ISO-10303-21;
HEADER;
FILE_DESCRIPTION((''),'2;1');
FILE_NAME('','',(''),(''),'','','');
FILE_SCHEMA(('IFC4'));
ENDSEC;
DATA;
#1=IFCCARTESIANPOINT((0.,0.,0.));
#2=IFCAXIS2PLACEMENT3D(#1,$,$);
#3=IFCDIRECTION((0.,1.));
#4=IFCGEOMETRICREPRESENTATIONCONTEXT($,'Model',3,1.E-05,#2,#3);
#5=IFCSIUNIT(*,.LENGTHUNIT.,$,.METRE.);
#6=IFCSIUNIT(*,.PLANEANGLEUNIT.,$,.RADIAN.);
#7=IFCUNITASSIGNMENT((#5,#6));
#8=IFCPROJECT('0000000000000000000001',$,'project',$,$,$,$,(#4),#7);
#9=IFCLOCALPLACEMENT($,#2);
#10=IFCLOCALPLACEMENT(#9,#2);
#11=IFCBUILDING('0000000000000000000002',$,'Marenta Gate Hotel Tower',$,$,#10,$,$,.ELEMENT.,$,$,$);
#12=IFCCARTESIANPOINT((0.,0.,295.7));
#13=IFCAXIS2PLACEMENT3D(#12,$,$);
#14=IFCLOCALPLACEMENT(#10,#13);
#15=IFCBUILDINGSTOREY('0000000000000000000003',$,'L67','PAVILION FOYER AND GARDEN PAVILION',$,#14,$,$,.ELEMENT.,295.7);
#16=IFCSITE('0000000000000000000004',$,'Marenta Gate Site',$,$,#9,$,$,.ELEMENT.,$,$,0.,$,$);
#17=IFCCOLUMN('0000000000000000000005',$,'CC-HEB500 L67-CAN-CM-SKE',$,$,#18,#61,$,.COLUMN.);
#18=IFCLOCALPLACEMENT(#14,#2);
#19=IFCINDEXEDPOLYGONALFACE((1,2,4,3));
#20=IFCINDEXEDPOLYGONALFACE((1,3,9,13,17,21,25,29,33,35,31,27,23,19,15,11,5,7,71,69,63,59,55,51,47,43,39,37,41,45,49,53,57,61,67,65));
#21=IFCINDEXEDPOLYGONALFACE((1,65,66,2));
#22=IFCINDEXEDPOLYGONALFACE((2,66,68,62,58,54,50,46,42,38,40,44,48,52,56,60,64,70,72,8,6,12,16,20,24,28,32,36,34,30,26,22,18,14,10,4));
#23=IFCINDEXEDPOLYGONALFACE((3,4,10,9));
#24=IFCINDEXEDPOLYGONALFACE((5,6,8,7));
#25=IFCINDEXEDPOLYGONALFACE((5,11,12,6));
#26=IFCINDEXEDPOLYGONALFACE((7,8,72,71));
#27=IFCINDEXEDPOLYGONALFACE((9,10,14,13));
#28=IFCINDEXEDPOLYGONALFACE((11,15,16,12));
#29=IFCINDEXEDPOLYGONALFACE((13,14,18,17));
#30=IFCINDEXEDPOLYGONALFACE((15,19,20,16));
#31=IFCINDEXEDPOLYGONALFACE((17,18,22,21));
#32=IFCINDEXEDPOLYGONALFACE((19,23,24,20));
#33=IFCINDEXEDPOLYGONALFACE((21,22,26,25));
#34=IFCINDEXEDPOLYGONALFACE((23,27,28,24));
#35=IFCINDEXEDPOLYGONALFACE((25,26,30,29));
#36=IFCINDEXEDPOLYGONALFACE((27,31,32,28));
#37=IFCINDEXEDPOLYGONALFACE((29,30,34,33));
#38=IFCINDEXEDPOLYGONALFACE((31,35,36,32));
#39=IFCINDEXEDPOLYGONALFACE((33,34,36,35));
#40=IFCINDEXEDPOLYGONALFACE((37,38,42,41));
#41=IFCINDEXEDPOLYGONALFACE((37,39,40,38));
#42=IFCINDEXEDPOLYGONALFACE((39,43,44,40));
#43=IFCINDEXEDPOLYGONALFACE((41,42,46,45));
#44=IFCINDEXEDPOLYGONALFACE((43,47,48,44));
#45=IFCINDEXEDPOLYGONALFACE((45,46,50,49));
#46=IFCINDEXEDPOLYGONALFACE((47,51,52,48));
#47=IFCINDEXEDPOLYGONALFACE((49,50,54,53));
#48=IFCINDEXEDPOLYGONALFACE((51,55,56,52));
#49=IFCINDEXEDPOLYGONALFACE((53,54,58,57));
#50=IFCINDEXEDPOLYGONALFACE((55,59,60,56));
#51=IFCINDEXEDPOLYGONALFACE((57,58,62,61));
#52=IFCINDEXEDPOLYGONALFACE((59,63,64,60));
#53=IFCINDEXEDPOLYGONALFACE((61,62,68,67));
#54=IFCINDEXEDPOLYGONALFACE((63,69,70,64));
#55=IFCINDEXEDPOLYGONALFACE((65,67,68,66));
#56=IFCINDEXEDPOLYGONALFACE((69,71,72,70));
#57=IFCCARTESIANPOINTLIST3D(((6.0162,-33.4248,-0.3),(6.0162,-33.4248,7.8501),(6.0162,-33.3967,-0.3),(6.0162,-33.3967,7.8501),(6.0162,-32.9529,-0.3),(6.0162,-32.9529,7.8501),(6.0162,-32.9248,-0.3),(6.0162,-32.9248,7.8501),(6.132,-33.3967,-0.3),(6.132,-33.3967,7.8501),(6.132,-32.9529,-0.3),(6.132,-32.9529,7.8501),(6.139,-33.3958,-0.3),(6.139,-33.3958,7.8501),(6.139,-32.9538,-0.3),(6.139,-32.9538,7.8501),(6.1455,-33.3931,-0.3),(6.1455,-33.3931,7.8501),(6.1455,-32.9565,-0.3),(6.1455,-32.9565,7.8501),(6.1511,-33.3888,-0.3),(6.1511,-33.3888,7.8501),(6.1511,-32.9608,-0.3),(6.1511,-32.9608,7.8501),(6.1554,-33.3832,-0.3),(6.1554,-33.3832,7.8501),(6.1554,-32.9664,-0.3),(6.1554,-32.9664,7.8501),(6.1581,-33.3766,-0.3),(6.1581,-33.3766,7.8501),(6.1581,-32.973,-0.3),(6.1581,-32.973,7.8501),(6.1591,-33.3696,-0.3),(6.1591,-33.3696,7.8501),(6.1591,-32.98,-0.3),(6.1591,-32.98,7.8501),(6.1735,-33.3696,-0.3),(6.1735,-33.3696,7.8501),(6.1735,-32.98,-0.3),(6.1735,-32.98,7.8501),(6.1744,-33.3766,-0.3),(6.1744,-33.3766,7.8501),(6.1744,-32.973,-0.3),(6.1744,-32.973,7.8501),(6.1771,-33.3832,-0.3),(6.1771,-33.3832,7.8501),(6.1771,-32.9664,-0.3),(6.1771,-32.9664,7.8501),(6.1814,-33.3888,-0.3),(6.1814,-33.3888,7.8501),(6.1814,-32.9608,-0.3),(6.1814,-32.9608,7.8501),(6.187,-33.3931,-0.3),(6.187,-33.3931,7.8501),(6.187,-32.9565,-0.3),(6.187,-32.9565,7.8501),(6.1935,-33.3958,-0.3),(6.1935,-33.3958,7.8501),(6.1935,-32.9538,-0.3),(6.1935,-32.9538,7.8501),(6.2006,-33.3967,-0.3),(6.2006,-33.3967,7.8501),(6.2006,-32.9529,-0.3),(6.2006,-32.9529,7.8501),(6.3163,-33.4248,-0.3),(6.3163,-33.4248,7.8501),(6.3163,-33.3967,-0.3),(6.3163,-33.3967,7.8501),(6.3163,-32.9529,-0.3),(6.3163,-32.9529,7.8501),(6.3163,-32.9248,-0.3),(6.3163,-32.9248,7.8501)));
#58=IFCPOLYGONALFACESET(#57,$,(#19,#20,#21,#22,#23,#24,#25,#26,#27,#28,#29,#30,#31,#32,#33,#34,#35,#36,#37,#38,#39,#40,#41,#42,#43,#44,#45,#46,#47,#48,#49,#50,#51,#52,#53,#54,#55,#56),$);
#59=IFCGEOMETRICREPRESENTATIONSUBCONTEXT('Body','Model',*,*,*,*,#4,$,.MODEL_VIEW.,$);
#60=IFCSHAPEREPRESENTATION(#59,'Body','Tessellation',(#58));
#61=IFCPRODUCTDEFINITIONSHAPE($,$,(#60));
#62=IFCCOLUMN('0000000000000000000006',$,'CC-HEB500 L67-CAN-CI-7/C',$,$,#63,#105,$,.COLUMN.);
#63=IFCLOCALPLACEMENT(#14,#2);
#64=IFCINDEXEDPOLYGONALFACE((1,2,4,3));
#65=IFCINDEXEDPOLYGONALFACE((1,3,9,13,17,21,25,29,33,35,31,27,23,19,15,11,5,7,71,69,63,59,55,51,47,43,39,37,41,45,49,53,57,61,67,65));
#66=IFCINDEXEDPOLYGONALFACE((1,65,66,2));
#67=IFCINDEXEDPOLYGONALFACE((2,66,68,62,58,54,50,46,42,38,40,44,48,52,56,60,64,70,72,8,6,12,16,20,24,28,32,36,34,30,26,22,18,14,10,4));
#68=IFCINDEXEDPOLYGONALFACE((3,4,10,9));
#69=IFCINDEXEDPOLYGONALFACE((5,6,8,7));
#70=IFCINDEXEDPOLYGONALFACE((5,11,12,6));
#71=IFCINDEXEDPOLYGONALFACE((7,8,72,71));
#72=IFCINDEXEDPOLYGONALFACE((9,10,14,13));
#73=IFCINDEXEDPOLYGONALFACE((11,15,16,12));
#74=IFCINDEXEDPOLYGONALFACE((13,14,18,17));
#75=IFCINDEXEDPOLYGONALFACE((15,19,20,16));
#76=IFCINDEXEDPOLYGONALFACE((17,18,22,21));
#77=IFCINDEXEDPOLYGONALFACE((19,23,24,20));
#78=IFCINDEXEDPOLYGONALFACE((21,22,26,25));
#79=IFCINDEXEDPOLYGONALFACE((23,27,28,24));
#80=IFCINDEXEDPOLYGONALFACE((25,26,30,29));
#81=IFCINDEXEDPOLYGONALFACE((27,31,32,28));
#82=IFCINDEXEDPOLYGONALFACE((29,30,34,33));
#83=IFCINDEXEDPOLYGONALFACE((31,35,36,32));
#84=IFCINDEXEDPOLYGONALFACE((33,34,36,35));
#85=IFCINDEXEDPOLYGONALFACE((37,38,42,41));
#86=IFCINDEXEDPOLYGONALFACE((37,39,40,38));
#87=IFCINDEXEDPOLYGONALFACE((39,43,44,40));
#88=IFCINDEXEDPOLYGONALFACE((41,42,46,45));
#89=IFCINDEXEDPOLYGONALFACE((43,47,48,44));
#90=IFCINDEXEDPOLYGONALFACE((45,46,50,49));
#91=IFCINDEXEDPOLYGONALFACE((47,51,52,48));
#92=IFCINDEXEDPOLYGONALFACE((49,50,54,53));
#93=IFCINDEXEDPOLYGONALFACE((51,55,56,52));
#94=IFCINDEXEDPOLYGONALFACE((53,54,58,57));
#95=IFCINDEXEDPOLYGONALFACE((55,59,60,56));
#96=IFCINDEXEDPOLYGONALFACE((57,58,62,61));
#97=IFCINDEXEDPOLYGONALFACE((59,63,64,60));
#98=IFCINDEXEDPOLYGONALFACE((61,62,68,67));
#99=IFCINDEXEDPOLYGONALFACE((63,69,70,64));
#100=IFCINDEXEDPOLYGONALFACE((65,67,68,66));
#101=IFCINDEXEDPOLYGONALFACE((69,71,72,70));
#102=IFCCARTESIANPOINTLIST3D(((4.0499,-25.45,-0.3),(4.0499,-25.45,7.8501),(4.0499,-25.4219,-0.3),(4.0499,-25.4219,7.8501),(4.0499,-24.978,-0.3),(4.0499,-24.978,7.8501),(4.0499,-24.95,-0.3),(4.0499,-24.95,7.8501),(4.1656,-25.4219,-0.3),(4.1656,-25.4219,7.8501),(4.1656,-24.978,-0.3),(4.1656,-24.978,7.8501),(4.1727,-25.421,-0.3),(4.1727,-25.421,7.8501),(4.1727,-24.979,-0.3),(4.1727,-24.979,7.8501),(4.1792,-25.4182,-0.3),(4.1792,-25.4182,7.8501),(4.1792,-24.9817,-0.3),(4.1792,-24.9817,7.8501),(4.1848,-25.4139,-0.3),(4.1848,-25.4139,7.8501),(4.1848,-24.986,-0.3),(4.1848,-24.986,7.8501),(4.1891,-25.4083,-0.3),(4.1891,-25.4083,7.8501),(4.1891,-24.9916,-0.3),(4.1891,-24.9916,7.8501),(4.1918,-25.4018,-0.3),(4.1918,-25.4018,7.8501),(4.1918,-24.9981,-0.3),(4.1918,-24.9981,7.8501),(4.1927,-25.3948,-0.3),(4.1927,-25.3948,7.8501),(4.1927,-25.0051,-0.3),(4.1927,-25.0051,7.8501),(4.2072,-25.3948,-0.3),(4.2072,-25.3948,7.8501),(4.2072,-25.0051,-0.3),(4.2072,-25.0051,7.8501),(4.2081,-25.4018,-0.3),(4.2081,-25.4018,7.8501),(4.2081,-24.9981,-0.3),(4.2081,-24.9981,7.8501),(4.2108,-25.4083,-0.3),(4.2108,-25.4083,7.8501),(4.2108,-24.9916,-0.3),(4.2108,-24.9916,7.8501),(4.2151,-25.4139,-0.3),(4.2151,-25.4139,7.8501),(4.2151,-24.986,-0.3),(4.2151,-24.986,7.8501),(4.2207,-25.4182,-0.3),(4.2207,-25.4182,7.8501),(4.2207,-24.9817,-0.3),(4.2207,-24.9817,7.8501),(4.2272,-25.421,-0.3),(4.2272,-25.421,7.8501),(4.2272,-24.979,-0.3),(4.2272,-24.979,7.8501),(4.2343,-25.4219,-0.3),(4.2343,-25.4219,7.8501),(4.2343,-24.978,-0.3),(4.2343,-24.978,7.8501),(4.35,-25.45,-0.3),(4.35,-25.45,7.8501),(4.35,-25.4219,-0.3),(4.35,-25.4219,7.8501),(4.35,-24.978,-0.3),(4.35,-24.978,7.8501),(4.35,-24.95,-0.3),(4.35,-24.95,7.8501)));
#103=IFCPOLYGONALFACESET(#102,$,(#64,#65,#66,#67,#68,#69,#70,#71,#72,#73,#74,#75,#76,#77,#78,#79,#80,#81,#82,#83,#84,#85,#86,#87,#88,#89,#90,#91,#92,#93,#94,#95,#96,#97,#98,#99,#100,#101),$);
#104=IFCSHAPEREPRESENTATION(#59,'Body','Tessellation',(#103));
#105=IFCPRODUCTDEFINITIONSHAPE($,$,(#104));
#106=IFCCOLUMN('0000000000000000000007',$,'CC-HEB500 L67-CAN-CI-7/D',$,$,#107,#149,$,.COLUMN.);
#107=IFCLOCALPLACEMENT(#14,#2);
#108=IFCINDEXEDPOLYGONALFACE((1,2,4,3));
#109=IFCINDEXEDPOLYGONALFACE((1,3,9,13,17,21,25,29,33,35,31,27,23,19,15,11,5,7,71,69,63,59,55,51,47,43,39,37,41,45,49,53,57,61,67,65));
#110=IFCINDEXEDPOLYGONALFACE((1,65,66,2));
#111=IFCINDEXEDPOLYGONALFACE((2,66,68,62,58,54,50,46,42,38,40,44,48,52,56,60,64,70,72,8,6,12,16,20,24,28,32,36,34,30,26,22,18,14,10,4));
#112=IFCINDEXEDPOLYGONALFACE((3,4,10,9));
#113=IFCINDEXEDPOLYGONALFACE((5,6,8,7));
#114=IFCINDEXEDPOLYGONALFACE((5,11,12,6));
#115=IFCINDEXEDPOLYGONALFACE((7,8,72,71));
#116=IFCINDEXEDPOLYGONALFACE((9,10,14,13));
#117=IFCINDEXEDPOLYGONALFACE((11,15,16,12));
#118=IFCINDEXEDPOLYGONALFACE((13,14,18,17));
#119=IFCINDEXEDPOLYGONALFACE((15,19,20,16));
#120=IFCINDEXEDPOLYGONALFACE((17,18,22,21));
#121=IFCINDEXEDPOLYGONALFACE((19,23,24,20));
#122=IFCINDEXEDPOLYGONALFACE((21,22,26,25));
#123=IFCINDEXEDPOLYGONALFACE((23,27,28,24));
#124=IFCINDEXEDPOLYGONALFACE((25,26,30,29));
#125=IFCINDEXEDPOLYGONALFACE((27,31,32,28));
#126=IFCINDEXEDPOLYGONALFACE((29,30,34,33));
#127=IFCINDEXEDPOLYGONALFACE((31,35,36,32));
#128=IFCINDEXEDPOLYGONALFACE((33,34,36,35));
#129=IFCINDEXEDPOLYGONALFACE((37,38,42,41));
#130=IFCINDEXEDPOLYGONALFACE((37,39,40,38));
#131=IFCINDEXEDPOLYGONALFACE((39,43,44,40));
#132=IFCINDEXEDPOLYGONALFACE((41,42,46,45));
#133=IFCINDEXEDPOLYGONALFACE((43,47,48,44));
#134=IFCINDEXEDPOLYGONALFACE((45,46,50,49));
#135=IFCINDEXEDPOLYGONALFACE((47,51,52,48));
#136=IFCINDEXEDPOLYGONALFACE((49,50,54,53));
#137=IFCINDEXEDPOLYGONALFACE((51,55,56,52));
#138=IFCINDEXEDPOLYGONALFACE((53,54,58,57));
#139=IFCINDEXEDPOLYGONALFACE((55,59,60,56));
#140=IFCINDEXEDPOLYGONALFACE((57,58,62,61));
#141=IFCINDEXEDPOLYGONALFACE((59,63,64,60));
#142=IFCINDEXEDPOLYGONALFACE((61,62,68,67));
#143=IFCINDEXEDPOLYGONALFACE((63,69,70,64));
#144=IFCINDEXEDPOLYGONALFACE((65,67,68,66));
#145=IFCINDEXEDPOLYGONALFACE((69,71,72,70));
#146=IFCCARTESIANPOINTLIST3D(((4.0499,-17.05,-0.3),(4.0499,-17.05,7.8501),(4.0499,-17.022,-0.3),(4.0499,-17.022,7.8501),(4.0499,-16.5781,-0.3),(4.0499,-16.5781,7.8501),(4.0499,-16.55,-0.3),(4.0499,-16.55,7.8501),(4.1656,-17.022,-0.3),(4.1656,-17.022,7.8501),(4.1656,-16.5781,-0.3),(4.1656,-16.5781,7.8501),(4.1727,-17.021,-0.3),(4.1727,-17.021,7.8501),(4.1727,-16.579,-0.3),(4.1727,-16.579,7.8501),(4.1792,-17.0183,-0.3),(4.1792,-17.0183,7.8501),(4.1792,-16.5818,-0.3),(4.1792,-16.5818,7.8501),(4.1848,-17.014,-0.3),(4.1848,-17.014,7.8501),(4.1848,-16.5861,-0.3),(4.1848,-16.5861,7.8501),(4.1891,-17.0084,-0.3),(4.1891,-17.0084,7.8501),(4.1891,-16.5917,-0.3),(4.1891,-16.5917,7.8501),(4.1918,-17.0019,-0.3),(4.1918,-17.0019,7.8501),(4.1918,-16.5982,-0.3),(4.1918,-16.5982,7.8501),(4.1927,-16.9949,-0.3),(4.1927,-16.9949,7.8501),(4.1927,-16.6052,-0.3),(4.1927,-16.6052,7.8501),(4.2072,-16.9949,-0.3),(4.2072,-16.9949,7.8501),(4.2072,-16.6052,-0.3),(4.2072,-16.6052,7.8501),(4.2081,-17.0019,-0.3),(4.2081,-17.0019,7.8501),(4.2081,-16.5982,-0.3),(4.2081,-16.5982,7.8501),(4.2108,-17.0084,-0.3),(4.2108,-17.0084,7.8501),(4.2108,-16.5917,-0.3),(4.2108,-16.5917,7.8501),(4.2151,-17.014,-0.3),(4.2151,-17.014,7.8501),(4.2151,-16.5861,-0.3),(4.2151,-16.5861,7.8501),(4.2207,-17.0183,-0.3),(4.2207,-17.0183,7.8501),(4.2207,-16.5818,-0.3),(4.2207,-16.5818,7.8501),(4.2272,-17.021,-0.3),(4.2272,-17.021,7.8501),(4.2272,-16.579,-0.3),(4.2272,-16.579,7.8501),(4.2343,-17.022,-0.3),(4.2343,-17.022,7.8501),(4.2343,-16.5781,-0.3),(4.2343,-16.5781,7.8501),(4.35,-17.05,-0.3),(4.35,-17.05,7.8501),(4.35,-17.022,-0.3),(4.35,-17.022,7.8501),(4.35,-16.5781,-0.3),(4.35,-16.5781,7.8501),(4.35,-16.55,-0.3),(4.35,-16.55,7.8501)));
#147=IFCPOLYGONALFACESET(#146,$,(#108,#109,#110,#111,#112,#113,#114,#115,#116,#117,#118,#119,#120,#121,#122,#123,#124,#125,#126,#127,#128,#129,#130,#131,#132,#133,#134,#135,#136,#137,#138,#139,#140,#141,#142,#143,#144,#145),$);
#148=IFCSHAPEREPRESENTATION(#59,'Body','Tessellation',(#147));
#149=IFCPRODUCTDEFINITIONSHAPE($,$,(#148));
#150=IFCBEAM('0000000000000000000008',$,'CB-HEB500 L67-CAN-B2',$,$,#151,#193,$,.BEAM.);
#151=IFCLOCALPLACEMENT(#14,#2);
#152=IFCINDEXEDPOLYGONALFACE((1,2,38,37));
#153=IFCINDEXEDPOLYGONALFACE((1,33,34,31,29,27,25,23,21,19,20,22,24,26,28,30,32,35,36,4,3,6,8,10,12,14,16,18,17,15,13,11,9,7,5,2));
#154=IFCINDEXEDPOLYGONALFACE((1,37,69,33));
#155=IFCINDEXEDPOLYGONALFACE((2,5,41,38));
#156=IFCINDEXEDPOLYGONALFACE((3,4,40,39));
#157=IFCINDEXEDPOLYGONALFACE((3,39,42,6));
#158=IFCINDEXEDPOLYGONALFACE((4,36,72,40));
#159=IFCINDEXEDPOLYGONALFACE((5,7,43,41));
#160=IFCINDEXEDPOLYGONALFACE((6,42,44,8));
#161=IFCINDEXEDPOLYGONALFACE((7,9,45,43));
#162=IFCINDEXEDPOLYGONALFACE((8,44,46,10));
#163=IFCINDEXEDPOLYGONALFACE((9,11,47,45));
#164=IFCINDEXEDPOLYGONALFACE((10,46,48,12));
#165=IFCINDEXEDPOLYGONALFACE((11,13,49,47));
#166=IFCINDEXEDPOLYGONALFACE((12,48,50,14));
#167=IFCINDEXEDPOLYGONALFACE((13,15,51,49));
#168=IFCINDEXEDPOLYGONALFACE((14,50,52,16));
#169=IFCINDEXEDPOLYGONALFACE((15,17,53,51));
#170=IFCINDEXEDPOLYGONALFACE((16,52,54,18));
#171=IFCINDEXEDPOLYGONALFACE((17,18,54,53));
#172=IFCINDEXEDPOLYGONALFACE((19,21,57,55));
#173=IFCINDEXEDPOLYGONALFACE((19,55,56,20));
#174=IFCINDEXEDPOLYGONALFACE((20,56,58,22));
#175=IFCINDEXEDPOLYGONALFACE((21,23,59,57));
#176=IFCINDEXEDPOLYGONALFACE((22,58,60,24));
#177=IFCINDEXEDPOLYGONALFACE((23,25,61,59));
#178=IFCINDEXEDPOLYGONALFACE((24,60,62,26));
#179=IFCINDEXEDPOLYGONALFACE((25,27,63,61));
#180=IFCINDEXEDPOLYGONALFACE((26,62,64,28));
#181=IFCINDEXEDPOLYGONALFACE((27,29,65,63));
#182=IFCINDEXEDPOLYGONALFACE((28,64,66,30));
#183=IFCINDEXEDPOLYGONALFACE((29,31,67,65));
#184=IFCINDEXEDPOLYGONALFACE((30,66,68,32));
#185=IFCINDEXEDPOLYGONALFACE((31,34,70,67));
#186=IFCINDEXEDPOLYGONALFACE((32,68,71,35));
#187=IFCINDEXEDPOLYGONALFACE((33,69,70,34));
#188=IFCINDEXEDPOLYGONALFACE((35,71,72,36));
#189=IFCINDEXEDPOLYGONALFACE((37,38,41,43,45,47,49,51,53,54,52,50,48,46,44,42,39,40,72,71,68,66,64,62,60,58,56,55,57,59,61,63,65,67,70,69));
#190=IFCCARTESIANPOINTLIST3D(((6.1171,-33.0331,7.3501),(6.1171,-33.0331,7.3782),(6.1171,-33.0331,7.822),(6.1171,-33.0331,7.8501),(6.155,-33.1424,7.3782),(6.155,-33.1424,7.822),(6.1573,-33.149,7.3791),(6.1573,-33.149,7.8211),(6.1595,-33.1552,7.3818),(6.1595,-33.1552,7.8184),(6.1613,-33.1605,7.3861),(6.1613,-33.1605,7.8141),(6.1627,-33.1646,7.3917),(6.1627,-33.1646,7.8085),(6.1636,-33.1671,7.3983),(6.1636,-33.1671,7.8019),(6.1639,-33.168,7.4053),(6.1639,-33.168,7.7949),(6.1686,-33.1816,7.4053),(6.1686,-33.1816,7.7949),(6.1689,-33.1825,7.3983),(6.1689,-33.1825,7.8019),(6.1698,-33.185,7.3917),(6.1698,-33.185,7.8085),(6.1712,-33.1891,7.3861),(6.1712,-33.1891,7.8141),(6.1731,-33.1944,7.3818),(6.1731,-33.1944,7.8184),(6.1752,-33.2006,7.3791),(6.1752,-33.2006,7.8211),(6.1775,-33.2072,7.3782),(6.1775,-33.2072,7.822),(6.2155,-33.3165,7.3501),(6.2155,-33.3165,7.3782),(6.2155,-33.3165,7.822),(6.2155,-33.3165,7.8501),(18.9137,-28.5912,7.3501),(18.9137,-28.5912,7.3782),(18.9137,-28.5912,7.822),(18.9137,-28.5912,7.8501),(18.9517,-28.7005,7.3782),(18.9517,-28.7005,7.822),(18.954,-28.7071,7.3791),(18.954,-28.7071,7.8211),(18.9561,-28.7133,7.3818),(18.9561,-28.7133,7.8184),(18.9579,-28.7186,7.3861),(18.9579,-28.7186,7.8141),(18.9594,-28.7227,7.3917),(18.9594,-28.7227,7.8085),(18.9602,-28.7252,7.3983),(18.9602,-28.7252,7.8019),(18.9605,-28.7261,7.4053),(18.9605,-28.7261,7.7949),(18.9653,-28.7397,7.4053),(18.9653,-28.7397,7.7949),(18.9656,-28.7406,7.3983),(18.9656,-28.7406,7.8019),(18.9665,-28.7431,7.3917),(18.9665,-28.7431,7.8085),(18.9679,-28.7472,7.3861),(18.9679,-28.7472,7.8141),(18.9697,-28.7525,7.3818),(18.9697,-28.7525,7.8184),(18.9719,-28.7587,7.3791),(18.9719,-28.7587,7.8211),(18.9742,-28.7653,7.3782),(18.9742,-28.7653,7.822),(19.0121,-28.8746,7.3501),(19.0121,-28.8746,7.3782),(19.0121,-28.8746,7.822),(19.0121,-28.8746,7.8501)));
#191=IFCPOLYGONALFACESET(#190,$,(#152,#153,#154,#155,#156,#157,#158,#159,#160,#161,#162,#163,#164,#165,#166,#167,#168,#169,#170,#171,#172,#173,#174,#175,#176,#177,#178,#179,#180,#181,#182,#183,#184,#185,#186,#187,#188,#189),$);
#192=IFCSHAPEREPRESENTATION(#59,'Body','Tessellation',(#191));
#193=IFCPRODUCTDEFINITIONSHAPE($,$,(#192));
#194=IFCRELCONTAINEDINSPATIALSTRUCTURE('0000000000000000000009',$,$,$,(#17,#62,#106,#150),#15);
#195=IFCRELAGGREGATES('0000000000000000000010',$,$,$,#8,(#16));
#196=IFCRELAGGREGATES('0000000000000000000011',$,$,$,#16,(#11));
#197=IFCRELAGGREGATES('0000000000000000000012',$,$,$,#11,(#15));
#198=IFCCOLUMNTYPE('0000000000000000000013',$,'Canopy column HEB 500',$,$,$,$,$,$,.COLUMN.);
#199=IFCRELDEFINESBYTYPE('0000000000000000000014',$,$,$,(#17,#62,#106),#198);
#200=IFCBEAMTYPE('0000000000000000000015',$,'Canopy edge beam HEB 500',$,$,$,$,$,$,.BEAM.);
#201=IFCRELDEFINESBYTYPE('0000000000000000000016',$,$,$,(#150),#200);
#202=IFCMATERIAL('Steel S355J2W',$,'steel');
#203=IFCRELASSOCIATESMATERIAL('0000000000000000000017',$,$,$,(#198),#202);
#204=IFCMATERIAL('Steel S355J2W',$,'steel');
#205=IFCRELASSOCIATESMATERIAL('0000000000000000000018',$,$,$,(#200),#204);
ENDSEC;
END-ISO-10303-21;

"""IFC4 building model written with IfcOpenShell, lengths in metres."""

from ifc_helpers import new_model, si_unit, direction, frame, origin, origin_2d, place, context, subcontext, project, spatial, i_section, extrude, material, material_profile, profile_set, type_object, element, save


model = new_model("IFC4")

# Units and contexts
model_context = context("Model", 3, precision=1e-05, world=origin(), true_north=direction((0.0, 1.0)))
body_context = subcontext(model_context, "Body", "Model", "MODEL_VIEW")
ifc_project = project(units=[si_unit("LENGTHUNIT", "METRE"), si_unit("PLANEANGLEUNIT", "RADIAN")], contexts=[model_context])

# Site, building, storey
site_placement = place(None, origin())
site = spatial("IfcSite", under=ifc_project, at=site_placement, Name="Marenta Gate Site", CompositionType="ELEMENT", RefElevation=0.0)
building_placement = place(site_placement, origin())
building = spatial("IfcBuilding", under=site, at=building_placement, Name="Marenta Gate Hotel Tower", CompositionType="ELEMENT")
storey_placement = place(building_placement, frame((0.0, 0.0, 295.7)))
storey = spatial("IfcBuildingStorey", under=building, at=storey_placement, Name="L67", Description="PAVILION FOYER AND GARDEN PAVILION", CompositionType="ELEMENT", Elevation=295.7)

# Columns
ifc_material_1 = material(Name="Steel S355J2W", Category="steel")
ifc_material_profile_1 = material_profile(ifc_material_1, i_section(OverallWidth=0.3, OverallDepth=0.5, WebThickness=0.0144, FlangeThickness=0.0281, FilletRadius=0.0271, at=origin_2d()), Name="HEB 500")
ifc_profile_set_1 = profile_set([ifc_material_profile_1], Name="Steel S355J2W")
column_type = type_object("IfcColumnType", Name="Canopy column HEB 500", PredefinedType="COLUMN", material=ifc_profile_set_1)
for number, where, z_axis, x_axis, name in (
    (1, (6.1663, -33.1748, -0.3), (0.0, 0.0, 1.0), (1.0, 0.0, 0.0), "CC-HEB500 L67-CAN-CM-SKE"),
    (2, (4.2, -25.2, -0.3), (0.0, 0.0, 1.0), (1.0, 0.0, 0.0), "CC-HEB500 L67-CAN-CI-7/C"),
    (3, (4.2, -16.8, -0.3), (0.0, 0.0, 1.0), (1.0, 0.0, 0.0), "CC-HEB500 L67-CAN-CI-7/D"),
):
    element("IfcColumn", number, at=place(storey_placement, frame(where, z_axis=z_axis, x_axis=x_axis)), inside=storey, type_object=column_type, Name=name, PredefinedType="COLUMN", context=body_context, shape_type="SweptSolid", body=[
        extrude(i_section(OverallWidth=0.3, OverallDepth=0.5, WebThickness=0.0144, FlangeThickness=0.0281, FilletRadius=0.0271, at=origin_2d()), origin(), (0.0, 0.0, 1.0), 8.1501),
    ])

# Beam
ifc_material_2 = material(Name="Steel S355J2W", Category="steel")
ifc_material_profile_2 = material_profile(ifc_material_2, i_section(OverallWidth=0.3, OverallDepth=0.5, WebThickness=0.0144, FlangeThickness=0.0281, FilletRadius=0.0271, at=origin_2d()), Name="HEB 500")
ifc_profile_set_2 = profile_set([ifc_material_profile_2], Name="Steel S355J2W")
beam_type_1 = type_object("IfcBeamType", Name="Canopy edge beam HEB 500", PredefinedType="BEAM", material=ifc_profile_set_2)
beam_1_placement = place(storey_placement, frame((6.1663, -33.1748, 7.6001), z_axis=(0.944705, 0.327921, 0.0), x_axis=(-0.327921, 0.944705, 0.0)))
element("IfcBeam", 4, at=beam_1_placement, inside=storey, type_object=beam_type_1, Name="CB-HEB500 L67-CAN-B2", PredefinedType="BEAM", context=body_context, shape_type="SweptSolid", body=[
    extrude(i_section(OverallWidth=0.3, OverallDepth=0.5, WebThickness=0.0144, FlangeThickness=0.0281, FilletRadius=0.0271, at=origin_2d()), origin(), (0.0, 0.0, 1.0), 13.5457),
])

save(model, "model.ifc")
